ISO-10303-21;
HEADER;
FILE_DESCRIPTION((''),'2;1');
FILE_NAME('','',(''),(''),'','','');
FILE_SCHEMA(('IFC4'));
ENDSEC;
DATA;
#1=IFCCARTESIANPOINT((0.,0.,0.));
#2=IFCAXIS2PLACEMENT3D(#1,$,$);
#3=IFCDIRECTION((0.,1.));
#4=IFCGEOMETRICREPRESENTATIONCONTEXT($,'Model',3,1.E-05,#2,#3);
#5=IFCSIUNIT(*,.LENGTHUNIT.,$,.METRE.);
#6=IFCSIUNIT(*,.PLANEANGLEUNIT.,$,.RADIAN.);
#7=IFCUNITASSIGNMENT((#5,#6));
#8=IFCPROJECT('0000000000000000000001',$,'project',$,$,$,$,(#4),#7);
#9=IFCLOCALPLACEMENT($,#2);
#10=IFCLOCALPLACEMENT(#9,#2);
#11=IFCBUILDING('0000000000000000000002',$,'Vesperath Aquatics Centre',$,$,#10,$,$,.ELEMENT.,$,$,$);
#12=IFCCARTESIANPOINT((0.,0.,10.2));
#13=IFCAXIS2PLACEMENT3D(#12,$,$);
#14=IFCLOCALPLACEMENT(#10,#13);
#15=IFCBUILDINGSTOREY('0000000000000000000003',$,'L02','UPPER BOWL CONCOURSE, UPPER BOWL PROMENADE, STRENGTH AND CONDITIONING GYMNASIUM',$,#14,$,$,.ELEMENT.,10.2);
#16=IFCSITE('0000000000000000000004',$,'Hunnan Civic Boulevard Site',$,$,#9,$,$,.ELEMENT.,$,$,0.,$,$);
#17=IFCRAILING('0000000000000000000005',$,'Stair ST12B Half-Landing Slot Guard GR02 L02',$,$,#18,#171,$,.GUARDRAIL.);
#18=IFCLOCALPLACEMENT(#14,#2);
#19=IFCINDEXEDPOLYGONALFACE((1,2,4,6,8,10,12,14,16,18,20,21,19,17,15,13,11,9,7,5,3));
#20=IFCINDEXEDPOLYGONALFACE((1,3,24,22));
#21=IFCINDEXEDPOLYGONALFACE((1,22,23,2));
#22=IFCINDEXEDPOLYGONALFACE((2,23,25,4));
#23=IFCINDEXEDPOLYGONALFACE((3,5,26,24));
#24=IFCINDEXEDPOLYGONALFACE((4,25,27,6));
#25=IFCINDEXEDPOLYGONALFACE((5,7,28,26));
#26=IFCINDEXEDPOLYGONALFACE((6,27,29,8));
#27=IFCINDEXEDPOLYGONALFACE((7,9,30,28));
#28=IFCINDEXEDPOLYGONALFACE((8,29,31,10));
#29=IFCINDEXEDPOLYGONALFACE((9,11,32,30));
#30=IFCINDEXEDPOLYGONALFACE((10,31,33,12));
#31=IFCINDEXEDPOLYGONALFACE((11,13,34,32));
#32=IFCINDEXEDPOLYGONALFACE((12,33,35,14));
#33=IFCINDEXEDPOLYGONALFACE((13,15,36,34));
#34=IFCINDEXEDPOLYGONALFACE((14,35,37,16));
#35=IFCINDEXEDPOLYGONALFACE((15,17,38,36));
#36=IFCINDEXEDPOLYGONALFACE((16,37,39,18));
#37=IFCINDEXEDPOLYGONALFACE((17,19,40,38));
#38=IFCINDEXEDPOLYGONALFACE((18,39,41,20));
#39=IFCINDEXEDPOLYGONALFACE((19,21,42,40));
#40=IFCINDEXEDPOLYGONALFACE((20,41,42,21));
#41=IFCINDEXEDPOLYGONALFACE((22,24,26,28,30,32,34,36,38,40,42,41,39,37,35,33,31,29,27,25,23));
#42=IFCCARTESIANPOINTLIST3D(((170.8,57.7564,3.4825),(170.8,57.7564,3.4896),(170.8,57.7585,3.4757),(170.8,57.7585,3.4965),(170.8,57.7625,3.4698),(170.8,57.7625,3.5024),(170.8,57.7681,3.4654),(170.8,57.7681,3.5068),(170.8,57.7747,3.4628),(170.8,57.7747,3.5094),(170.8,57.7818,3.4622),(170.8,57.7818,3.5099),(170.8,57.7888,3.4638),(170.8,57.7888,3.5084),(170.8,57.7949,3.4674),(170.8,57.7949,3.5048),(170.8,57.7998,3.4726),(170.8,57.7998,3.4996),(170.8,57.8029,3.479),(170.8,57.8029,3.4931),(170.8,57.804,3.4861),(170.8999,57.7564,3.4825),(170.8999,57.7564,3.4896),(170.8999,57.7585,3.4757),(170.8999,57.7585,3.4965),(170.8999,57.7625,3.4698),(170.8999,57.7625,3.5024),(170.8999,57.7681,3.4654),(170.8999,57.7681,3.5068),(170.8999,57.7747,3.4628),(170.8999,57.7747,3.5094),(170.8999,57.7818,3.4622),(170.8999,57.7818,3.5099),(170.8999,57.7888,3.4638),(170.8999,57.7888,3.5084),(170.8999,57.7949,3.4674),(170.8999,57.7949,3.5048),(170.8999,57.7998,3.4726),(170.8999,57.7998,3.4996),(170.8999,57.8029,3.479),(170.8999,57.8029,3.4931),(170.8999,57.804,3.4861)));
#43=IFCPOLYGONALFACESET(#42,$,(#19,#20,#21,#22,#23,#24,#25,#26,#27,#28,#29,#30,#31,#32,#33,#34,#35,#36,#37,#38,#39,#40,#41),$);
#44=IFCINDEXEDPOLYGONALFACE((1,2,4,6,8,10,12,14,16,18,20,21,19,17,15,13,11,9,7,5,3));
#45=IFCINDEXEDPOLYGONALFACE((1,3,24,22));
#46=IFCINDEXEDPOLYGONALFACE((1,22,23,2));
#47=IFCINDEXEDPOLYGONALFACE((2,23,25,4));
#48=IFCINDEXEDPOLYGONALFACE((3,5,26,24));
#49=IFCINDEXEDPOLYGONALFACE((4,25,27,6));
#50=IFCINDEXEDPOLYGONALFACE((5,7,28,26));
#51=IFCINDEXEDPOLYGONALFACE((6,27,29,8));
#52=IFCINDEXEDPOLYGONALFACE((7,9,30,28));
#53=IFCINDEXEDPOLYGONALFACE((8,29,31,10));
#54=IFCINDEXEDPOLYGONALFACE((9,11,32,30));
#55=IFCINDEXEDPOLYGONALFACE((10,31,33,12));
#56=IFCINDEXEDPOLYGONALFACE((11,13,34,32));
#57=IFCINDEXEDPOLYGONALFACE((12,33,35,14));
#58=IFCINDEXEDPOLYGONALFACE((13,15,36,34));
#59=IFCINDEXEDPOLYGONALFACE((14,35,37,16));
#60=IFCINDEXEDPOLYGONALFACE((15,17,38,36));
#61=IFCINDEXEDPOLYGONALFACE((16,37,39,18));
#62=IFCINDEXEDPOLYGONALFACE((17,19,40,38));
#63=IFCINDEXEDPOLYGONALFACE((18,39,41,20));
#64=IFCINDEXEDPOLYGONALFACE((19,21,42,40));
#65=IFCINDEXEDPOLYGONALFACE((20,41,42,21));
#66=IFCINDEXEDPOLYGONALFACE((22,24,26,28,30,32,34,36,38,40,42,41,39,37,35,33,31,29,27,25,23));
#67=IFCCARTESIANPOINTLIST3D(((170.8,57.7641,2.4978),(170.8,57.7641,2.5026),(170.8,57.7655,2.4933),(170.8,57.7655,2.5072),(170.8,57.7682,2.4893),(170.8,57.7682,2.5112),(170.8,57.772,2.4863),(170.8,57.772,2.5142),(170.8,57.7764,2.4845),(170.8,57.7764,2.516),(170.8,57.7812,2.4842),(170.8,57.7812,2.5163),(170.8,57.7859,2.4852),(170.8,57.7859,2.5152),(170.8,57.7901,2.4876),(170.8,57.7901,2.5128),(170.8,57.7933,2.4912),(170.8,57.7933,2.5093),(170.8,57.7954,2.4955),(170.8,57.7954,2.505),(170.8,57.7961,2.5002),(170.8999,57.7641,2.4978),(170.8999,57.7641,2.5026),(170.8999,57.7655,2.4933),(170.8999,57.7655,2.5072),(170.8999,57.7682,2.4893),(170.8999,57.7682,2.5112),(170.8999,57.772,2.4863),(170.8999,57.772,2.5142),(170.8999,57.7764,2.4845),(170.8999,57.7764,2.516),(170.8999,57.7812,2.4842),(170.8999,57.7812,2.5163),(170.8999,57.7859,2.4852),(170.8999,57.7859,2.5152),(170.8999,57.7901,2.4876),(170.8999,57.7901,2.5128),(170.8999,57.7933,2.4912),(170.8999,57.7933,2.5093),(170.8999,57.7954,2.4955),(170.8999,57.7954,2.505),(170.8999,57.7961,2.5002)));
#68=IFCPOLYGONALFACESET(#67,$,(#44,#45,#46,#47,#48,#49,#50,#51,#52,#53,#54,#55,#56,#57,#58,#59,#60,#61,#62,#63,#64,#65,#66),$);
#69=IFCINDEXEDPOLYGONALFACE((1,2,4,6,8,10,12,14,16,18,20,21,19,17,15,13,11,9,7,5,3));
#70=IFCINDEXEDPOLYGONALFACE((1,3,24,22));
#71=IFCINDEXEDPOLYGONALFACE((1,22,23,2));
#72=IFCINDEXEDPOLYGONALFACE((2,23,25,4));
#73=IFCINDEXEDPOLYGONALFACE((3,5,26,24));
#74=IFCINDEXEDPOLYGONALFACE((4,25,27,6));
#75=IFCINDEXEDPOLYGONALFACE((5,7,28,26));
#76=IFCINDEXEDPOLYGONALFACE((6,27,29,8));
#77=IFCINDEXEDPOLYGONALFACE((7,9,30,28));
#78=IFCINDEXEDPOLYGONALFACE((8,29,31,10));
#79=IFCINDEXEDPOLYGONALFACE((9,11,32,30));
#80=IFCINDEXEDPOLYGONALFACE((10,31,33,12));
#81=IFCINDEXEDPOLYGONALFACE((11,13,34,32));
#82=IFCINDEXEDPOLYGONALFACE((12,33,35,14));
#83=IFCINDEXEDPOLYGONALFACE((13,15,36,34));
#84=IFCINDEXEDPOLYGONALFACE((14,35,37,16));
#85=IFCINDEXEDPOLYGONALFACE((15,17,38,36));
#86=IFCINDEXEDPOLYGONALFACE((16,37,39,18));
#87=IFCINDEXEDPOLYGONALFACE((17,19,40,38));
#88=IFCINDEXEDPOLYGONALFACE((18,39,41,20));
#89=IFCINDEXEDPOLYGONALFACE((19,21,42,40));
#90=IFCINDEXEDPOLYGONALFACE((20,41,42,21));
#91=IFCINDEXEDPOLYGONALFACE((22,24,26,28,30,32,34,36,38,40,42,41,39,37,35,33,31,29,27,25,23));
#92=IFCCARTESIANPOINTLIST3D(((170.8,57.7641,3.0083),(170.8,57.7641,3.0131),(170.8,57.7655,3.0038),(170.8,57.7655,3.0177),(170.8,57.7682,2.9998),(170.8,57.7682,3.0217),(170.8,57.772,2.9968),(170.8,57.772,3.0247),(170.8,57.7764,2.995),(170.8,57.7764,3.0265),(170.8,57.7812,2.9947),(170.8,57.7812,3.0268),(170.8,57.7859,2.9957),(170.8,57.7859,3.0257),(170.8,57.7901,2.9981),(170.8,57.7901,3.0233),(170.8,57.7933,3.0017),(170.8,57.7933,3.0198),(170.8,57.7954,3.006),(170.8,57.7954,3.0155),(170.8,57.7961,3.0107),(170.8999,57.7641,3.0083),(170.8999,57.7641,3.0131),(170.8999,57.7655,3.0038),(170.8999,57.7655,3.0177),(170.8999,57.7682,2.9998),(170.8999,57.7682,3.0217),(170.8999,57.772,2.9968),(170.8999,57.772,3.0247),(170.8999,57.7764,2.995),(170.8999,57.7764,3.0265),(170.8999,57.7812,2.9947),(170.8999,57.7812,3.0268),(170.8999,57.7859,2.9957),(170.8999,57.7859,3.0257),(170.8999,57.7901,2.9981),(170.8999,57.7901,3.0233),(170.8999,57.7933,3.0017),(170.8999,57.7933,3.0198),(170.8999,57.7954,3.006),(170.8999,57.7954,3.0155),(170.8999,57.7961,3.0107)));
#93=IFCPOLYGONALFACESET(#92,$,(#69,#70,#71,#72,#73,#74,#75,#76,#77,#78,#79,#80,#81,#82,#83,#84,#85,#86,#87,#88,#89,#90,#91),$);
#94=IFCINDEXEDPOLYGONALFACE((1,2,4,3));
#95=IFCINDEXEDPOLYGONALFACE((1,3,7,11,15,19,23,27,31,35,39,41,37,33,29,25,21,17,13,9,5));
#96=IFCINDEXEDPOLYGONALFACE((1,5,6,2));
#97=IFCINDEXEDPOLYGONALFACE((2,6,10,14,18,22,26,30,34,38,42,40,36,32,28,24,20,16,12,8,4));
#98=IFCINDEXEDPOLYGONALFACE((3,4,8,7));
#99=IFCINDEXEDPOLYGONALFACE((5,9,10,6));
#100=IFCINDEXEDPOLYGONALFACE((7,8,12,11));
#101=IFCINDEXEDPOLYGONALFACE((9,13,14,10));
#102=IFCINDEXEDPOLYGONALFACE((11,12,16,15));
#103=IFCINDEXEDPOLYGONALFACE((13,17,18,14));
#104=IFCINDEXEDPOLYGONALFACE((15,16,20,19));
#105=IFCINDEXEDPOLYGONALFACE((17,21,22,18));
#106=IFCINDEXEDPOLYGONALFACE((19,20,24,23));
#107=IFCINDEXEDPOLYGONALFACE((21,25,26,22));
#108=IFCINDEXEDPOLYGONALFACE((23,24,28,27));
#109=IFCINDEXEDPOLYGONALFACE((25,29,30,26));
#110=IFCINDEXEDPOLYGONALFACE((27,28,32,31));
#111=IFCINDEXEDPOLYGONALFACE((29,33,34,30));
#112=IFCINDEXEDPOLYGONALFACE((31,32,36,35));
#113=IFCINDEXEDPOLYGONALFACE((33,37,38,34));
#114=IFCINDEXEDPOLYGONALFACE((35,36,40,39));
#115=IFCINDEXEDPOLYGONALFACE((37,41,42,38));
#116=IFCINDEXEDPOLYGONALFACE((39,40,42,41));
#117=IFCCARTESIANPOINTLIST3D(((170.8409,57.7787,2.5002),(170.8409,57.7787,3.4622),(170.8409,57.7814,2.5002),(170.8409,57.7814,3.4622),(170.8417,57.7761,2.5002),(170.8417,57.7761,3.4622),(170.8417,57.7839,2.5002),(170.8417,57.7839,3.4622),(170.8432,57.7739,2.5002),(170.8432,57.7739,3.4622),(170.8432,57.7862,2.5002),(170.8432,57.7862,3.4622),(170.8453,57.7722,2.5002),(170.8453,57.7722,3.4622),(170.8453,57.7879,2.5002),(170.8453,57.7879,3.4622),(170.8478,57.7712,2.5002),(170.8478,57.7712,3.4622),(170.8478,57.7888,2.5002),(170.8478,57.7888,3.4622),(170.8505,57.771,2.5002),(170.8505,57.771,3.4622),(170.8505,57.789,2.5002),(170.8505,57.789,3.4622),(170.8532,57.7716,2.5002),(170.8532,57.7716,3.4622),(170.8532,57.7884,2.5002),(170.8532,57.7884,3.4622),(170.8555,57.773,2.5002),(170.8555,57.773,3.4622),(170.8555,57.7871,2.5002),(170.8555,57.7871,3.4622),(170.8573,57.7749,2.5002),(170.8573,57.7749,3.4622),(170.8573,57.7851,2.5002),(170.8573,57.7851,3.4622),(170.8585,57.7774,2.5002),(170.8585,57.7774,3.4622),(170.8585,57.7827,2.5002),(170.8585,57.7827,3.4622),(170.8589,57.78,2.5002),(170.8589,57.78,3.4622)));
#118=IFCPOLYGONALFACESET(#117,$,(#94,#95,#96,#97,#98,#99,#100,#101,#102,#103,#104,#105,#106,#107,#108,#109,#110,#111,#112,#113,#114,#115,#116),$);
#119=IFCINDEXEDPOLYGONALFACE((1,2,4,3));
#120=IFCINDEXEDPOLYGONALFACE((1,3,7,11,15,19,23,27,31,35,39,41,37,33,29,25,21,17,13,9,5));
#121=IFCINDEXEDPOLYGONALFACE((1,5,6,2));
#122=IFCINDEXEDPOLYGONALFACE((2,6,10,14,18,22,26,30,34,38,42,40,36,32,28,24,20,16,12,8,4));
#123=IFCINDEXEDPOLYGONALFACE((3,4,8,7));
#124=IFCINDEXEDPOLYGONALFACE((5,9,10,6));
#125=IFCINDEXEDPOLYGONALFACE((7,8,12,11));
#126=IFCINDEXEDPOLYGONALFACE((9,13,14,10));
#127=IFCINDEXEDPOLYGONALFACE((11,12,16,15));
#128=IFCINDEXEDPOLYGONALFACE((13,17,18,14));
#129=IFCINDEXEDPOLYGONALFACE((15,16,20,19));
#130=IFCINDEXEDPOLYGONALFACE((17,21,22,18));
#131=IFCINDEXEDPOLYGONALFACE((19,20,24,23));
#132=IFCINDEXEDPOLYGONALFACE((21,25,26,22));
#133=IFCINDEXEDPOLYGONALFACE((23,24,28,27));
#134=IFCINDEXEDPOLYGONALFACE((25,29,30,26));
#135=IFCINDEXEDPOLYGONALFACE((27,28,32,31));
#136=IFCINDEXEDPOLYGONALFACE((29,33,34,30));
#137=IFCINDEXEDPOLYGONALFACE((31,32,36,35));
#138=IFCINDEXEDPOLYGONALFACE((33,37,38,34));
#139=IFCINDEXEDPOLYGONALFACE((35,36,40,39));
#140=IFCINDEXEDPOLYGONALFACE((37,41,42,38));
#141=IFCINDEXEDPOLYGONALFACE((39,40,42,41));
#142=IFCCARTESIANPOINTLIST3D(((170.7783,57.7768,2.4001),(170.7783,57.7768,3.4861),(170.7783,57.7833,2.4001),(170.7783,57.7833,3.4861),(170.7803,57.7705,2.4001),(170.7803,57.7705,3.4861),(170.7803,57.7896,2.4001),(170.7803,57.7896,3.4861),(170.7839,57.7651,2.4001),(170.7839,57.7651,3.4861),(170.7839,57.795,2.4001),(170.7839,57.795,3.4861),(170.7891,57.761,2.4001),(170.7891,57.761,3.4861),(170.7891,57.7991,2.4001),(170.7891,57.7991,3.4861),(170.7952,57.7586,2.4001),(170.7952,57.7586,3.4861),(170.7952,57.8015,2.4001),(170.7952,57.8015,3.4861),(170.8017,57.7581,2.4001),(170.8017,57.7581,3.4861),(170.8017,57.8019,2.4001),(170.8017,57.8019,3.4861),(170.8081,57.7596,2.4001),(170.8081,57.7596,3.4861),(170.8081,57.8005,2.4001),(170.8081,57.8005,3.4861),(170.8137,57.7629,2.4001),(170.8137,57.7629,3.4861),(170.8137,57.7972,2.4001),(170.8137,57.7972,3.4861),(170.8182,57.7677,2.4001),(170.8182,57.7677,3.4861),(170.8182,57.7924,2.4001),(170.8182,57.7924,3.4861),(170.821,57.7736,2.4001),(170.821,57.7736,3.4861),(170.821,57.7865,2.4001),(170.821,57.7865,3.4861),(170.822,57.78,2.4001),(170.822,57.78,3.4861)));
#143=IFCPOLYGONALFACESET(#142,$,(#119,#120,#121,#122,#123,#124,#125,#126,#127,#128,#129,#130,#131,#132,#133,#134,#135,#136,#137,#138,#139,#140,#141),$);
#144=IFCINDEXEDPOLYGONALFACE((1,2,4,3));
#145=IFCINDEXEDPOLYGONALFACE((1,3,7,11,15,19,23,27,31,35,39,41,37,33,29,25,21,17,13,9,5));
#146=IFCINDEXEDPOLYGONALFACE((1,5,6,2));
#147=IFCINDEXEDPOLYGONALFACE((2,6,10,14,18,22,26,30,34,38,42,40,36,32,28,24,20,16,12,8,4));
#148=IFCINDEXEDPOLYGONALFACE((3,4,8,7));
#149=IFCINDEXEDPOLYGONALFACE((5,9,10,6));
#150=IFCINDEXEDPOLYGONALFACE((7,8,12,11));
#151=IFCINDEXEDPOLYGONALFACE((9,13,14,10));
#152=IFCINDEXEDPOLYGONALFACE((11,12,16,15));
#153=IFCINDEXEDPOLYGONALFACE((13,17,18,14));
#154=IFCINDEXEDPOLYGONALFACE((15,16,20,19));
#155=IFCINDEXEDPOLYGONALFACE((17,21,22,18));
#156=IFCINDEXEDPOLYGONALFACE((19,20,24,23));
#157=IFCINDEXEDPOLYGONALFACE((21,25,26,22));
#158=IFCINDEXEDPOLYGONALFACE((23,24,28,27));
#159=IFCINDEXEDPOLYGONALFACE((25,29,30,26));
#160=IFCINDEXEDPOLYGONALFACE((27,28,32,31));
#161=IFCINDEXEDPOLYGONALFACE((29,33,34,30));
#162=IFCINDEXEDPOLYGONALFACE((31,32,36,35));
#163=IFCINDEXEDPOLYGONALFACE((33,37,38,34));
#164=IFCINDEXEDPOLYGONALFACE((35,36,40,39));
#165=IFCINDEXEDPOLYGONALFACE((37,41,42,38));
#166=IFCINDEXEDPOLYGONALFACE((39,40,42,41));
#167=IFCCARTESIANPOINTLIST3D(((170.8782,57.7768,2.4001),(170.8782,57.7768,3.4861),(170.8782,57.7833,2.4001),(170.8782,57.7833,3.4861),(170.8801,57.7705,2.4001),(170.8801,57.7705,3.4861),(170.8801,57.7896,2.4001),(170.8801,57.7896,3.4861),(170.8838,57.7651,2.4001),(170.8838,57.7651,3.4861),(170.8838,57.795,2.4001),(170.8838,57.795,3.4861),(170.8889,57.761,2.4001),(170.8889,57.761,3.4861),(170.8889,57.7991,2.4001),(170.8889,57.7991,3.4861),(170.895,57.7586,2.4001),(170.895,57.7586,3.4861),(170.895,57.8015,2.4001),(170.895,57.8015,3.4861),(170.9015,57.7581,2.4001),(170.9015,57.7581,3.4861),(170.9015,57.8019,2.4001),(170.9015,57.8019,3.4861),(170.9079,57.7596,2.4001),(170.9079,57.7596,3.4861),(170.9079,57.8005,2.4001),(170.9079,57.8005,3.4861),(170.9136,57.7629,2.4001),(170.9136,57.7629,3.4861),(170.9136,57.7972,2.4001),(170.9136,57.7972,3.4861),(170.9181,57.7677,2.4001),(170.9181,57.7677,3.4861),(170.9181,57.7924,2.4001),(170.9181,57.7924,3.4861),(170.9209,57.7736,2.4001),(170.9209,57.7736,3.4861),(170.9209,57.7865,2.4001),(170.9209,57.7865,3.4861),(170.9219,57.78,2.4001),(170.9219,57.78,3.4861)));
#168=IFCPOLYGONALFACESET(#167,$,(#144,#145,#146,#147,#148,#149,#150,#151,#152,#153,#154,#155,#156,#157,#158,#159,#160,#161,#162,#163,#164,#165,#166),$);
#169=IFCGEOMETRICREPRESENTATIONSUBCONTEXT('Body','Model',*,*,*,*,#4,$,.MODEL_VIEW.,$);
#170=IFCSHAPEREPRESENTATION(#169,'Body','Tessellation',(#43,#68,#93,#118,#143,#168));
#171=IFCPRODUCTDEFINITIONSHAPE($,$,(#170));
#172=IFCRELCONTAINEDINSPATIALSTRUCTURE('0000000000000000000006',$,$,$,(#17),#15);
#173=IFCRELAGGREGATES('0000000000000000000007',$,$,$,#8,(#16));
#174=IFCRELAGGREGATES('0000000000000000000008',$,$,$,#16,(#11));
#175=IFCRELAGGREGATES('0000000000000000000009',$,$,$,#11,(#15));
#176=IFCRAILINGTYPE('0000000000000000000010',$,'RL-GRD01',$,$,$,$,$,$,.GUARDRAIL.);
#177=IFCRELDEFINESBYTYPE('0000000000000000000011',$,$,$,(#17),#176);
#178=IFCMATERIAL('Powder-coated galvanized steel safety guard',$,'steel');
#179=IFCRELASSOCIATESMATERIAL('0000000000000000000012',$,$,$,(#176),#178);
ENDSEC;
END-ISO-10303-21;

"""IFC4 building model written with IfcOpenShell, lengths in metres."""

from ifc_helpers import new_model, si_unit, direction, frame, origin, origin_2d, place, context, subcontext, project, spatial, circle, extrude, material, type_object, element, save


model = new_model("IFC4")

# Units and contexts
model_context = context("Model", 3, precision=1e-05, world=origin(), true_north=direction((0.0, 1.0)))
body_context = subcontext(model_context, "Body", "Model", "MODEL_VIEW")
ifc_project = project(units=[si_unit("LENGTHUNIT", "METRE"), si_unit("PLANEANGLEUNIT", "RADIAN")], contexts=[model_context])

# Site, building, storey
site_placement = place(None, origin())
site = spatial("IfcSite", under=ifc_project, at=site_placement, Name="Hunnan Civic Boulevard Site", CompositionType="ELEMENT", RefElevation=0.0)
building_placement = place(site_placement, origin())
building = spatial("IfcBuilding", under=site, at=building_placement, Name="Vesperath Aquatics Centre", CompositionType="ELEMENT")
storey_placement = place(building_placement, frame((0.0, 0.0, 10.2)))
storey = spatial("IfcBuildingStorey", under=building, at=storey_placement, Name="L02", Description="UPPER BOWL CONCOURSE, UPPER BOWL PROMENADE, STRENGTH AND CONDITIONING GYMNASIUM", CompositionType="ELEMENT", Elevation=10.2)

# Railing
ifc_material_1 = material(Name="Powder-coated galvanized steel safety guard", Category="steel")
railing_type_1 = type_object("IfcRailingType", Name="RL-GRD01", PredefinedType="GUARDRAIL", material=ifc_material_1)
railing_1_placement = place(storey_placement, frame((170.8, 57.78, 2.4001)))
element("IfcRailing", 1, at=railing_1_placement, inside=storey, type_object=railing_type_1, Name="Stair ST12B Half-Landing Slot Guard GR02 L02", PredefinedType="GUARDRAIL", context=body_context, shape_type="SweptSolid", body=[
    extrude(circle(Radius=0.0239, at=origin_2d()), frame((0.0, 0.0, 1.0859), z_axis=(1.0, 0.0, 0.0), x_axis=(0.0, 1.0, 0.0)), (0.0, 0.0, 1.0), 0.0999),
    extrude(circle(Radius=0.0161, at=origin_2d()), frame((0.0, 0.0, 0.1001), z_axis=(1.0, 0.0, 0.0), x_axis=(0.0, 1.0, 0.0)), (0.0, 0.0, 1.0), 0.0999),
    extrude(circle(Radius=0.0161, at=origin_2d()), frame((0.0, 0.0, 0.6106), z_axis=(1.0, 0.0, 0.0), x_axis=(0.0, 1.0, 0.0)), (0.0, 0.0, 1.0), 0.0999),
    extrude(circle(Radius=0.009, at=origin_2d()), frame((0.0498, 0.0, 0.1001)), (0.0, 0.0, 1.0), 0.9619),
    extrude(circle(Radius=0.022, at=origin_2d()), origin(), (0.0, 0.0, 1.0), 1.0859),
    extrude(circle(Radius=0.022, at=origin_2d()), frame((0.0999, 0.0, 0.0)), (0.0, 0.0, 1.0), 1.0859),
])

save(model, "model.ifc")
